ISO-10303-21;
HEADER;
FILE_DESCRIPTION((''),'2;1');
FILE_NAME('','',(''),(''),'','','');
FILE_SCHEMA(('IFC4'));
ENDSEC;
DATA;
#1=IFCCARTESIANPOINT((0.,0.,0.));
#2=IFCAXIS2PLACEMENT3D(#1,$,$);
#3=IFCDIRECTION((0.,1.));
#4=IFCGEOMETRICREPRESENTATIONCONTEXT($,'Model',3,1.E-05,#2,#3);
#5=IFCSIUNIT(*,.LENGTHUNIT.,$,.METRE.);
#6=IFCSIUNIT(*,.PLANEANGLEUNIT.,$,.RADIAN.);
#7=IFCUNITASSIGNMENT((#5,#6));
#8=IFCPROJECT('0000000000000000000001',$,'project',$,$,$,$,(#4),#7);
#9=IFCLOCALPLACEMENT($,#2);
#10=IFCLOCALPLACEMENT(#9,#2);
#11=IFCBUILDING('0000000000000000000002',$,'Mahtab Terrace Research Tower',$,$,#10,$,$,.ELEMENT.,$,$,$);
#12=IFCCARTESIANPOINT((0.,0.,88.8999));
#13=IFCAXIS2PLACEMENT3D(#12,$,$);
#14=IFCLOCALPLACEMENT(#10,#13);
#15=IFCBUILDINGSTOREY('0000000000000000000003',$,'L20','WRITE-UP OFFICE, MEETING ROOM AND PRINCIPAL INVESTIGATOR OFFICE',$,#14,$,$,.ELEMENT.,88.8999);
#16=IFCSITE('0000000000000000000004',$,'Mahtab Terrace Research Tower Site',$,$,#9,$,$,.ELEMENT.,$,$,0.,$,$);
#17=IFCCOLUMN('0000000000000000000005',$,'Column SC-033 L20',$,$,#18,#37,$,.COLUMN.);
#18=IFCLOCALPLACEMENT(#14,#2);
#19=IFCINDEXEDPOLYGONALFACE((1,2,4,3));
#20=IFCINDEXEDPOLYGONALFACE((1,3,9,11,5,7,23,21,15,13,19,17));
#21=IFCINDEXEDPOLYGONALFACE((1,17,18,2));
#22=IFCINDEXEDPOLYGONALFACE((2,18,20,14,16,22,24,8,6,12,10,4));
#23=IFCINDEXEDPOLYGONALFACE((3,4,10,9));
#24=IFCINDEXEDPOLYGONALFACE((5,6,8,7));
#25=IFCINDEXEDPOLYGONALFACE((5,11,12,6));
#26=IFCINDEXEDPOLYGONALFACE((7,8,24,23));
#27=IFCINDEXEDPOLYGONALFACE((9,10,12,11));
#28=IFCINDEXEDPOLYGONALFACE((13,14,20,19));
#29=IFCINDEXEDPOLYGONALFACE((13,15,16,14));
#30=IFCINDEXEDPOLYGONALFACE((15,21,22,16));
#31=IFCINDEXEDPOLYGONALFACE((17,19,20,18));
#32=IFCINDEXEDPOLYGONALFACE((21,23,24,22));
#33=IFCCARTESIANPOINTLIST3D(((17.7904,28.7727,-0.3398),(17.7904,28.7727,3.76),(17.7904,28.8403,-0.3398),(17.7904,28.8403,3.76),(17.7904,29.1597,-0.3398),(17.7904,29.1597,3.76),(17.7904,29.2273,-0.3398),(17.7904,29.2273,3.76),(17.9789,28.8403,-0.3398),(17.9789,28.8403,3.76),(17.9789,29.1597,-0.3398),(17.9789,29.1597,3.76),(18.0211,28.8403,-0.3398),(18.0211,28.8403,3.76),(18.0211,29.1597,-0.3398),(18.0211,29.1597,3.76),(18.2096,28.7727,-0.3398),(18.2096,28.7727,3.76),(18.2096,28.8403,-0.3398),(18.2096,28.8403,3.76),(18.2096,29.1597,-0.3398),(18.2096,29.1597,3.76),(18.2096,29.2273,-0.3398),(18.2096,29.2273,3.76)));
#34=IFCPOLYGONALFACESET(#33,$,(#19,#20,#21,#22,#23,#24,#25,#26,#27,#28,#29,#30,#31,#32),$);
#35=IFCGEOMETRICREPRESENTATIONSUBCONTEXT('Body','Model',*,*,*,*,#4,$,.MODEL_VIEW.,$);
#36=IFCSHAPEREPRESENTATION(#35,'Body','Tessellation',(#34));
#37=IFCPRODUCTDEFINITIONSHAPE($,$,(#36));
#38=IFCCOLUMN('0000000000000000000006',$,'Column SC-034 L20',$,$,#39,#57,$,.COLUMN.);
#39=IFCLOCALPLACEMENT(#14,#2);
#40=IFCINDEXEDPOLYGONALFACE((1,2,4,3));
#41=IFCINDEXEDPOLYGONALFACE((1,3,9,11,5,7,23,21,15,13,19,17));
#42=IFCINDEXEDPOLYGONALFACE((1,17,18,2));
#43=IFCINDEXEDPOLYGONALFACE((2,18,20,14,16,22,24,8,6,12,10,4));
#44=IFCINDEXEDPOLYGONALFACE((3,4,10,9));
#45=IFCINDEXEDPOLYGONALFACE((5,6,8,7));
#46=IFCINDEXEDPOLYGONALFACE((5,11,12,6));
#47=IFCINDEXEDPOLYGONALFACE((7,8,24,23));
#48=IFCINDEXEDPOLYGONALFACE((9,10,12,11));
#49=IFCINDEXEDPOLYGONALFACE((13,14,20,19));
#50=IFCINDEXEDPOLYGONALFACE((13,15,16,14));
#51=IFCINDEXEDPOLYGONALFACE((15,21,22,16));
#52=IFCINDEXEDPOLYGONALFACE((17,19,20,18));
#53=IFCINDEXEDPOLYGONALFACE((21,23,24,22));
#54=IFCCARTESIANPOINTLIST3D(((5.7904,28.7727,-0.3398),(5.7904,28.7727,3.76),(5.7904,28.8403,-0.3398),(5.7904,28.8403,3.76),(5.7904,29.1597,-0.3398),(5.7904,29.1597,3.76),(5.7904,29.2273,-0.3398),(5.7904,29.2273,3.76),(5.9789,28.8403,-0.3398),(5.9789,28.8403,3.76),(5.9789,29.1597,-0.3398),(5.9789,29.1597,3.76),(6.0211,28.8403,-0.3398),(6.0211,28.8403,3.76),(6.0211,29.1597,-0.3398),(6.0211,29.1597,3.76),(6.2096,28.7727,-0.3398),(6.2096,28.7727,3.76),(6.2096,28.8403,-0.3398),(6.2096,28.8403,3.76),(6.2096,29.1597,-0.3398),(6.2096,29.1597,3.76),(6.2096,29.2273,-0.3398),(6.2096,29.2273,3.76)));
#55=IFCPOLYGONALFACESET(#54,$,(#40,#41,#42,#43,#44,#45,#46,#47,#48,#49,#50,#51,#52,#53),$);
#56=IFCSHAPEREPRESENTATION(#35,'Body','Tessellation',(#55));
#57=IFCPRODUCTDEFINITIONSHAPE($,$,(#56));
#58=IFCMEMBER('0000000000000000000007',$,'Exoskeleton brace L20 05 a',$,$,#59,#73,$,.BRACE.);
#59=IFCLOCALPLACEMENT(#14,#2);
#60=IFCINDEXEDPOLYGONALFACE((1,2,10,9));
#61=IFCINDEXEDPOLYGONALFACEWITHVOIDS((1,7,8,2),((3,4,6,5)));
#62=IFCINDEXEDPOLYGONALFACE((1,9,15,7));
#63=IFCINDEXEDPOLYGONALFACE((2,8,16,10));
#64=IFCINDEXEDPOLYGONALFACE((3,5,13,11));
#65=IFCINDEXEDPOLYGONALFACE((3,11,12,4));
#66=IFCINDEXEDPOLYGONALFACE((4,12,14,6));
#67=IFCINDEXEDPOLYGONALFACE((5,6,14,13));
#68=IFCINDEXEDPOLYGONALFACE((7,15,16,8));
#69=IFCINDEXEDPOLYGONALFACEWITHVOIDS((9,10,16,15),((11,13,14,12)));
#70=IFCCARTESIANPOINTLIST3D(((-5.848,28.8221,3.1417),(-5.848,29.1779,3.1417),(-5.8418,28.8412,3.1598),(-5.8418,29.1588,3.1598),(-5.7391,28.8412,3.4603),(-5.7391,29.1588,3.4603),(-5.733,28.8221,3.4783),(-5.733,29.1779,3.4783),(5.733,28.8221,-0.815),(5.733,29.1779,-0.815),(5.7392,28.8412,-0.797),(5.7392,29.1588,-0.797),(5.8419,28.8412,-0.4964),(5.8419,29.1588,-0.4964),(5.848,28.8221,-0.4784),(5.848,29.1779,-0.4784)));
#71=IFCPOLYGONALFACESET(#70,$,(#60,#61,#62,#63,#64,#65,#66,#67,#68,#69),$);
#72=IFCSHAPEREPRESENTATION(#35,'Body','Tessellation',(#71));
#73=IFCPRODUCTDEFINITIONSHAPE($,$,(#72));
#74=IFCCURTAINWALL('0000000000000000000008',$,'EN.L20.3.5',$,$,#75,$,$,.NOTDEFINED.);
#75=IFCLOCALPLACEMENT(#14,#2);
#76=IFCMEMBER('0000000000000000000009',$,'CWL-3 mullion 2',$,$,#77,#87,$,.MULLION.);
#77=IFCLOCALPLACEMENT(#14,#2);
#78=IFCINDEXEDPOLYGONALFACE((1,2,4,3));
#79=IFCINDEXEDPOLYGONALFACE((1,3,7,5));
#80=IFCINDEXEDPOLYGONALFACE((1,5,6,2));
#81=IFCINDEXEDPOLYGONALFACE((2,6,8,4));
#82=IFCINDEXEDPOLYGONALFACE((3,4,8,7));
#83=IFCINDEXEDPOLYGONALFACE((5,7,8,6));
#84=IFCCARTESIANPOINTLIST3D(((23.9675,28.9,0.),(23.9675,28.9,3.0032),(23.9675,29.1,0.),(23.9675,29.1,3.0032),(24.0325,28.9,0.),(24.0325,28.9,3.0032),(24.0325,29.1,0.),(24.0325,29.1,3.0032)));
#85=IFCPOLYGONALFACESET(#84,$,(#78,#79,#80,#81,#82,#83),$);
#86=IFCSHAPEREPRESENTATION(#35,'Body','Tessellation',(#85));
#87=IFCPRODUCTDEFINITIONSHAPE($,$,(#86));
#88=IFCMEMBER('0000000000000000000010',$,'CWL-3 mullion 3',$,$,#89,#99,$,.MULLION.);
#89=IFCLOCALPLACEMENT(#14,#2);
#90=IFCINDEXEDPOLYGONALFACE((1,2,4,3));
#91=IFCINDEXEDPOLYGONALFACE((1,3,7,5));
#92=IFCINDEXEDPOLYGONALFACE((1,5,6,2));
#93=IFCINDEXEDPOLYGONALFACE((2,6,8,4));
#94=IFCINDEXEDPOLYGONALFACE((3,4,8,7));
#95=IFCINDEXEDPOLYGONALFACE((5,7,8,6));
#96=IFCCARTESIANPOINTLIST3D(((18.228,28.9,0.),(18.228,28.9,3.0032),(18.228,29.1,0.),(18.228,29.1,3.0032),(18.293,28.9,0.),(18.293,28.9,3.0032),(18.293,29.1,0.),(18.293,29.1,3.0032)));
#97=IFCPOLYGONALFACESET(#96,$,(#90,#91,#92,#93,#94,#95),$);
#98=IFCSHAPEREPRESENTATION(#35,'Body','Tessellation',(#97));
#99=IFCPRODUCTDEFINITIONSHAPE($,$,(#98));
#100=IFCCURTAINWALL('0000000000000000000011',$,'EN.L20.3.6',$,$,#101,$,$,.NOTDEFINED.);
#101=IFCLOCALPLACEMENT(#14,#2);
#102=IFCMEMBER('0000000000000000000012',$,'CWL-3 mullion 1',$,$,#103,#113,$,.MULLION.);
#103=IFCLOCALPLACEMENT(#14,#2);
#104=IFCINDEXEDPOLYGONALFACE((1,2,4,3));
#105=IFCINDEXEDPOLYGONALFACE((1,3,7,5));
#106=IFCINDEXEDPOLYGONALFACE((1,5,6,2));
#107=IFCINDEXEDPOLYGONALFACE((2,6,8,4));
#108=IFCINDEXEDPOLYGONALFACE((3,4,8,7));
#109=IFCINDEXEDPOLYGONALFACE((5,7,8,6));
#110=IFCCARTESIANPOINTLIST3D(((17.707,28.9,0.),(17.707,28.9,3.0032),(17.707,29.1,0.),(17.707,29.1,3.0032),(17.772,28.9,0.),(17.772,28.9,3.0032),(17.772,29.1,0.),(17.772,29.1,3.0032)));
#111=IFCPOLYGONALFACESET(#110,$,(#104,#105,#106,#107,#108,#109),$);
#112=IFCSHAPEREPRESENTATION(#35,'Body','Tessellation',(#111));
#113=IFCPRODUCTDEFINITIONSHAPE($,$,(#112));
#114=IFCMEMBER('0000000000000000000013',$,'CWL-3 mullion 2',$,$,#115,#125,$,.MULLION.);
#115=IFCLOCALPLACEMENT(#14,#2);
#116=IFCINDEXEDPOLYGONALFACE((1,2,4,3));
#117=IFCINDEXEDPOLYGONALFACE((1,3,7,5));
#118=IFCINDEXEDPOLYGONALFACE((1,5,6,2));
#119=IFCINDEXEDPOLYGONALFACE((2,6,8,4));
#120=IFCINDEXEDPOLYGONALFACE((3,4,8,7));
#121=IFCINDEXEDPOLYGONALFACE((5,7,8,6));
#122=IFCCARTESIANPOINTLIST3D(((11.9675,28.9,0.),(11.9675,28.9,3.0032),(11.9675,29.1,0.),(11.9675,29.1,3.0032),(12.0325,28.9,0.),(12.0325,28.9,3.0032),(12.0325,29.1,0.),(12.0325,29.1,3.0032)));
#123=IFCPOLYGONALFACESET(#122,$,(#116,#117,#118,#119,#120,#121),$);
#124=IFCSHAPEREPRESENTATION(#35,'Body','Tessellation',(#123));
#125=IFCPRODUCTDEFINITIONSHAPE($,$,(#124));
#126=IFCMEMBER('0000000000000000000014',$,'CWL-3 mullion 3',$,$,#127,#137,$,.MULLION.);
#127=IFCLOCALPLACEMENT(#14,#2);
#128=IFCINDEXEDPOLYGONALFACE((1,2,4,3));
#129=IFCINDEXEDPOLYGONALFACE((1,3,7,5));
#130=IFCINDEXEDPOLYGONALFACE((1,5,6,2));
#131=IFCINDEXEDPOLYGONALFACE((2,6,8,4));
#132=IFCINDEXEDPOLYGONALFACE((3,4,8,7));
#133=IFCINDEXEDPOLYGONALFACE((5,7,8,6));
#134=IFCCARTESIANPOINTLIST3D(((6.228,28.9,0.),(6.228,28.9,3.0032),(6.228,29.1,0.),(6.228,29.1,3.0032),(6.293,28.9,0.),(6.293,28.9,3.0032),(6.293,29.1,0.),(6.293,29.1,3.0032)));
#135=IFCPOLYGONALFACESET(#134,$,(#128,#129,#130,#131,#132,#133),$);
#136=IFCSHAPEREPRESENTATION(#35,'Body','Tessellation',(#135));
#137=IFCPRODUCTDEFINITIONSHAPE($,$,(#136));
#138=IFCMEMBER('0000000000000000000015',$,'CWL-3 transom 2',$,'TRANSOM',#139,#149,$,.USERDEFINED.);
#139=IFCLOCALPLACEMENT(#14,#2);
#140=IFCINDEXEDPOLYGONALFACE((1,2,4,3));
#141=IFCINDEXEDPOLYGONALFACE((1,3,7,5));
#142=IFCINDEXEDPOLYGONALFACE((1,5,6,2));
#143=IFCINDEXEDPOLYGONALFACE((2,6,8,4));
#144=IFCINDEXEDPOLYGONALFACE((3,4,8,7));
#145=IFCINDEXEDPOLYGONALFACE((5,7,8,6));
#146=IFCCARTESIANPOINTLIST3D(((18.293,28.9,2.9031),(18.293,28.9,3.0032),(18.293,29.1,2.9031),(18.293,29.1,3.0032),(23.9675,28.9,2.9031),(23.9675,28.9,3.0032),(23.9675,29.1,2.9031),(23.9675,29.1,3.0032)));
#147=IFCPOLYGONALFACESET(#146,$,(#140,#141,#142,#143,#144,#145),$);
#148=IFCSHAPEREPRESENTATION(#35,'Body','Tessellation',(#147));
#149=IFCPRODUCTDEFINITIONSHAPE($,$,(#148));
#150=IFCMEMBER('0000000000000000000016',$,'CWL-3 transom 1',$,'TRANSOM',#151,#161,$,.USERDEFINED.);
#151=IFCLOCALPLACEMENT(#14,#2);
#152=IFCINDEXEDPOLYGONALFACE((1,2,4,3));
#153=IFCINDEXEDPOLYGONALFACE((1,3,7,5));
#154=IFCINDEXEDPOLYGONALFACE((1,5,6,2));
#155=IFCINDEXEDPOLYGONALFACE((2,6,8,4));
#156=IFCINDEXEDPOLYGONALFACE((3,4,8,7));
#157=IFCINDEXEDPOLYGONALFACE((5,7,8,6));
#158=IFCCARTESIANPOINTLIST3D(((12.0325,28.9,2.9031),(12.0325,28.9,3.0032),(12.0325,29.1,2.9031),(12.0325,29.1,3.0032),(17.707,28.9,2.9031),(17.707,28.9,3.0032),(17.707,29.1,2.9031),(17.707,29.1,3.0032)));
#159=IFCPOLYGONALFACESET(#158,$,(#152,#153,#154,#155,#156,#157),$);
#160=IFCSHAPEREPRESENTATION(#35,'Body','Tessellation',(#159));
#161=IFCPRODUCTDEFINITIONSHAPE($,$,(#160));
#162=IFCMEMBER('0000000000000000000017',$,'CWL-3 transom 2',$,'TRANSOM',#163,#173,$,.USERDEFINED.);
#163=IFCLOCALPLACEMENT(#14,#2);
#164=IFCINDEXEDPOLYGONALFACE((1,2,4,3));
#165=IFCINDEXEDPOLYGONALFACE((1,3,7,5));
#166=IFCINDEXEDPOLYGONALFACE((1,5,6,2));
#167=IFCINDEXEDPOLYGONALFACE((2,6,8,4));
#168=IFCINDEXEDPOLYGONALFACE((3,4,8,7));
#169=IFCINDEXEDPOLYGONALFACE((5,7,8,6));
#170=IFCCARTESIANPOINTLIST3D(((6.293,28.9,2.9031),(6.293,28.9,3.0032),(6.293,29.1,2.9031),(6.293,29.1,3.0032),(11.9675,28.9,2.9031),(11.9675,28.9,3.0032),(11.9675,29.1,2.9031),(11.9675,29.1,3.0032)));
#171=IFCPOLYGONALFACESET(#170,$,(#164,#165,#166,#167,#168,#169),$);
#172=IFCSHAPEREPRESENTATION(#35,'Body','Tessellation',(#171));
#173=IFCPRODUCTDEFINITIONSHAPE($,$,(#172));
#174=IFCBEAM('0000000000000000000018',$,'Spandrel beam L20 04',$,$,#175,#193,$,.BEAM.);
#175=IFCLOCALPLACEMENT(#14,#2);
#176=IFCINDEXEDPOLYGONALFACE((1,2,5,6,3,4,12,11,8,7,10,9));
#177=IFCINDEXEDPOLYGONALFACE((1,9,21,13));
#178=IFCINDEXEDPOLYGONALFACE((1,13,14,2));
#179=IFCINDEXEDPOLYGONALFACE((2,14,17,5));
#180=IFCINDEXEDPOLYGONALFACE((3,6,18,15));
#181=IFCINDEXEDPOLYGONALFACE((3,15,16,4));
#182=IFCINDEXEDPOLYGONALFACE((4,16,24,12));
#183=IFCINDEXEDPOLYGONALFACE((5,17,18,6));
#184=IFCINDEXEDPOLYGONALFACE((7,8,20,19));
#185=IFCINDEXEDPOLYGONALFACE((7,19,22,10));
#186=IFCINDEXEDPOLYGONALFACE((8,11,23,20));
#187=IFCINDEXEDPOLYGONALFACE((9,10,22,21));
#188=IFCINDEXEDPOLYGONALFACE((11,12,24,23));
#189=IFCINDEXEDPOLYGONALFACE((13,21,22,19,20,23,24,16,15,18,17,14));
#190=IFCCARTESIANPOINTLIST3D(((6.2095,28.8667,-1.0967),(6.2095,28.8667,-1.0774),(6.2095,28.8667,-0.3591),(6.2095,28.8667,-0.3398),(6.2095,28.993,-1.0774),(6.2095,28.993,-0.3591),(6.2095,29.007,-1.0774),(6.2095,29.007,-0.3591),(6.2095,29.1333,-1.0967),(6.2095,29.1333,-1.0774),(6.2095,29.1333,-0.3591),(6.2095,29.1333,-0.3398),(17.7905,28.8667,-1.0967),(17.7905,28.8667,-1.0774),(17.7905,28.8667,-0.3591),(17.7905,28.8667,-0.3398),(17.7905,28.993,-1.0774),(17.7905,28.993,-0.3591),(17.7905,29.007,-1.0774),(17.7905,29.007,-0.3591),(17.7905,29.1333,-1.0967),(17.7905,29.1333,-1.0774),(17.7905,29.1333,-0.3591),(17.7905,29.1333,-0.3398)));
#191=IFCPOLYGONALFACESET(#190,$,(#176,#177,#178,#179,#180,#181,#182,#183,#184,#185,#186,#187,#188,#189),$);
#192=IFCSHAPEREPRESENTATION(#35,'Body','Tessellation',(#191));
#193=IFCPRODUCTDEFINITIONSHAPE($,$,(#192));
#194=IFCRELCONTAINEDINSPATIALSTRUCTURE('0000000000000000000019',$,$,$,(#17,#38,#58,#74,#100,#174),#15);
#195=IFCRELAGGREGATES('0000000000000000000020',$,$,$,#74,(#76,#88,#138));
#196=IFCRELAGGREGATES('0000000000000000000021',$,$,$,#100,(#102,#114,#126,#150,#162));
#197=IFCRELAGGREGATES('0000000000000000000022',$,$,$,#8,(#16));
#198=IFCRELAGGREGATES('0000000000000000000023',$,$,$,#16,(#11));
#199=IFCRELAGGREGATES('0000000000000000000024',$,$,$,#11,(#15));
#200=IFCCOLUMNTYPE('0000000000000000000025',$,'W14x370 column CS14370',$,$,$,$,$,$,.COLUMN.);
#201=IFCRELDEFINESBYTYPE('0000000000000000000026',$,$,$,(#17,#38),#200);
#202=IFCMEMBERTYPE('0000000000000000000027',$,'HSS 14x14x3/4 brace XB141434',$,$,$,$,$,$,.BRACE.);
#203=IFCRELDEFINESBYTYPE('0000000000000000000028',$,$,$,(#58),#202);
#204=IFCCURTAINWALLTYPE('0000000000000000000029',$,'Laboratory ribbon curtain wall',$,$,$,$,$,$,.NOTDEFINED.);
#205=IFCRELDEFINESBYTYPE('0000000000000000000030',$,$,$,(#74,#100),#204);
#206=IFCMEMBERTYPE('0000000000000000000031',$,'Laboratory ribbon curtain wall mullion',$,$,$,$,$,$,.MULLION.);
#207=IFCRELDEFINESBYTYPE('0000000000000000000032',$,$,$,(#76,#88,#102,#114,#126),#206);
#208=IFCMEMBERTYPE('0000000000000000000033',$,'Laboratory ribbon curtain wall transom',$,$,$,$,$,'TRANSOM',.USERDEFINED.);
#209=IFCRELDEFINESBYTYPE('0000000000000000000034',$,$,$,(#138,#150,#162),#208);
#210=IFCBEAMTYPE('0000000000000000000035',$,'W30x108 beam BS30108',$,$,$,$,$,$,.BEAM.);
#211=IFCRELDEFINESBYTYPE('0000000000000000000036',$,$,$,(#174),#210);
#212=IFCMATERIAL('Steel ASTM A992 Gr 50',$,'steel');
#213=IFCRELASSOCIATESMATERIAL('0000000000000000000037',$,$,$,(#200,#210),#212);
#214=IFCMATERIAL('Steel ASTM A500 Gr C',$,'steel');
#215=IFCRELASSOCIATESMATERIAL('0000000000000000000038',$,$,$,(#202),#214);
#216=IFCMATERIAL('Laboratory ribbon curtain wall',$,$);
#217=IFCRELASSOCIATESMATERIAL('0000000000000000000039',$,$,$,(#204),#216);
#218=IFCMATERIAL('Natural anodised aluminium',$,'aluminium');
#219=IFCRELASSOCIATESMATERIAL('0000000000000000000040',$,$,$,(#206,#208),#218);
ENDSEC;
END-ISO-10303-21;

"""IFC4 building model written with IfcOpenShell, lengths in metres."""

from ifc_helpers import new_model, si_unit, direction, frame, origin, origin_2d, place, context, subcontext, project, spatial, rectangle, hollow_rectangle, i_section, extrude, material, material_profile, profile_set, type_object, element, aggregate, save


model = new_model("IFC4")

# Units and contexts
model_context = context("Model", 3, precision=1e-05, world=origin(), true_north=direction((0.0, 1.0)))
body_context = subcontext(model_context, "Body", "Model", "MODEL_VIEW")
ifc_project = project(units=[si_unit("LENGTHUNIT", "METRE"), si_unit("PLANEANGLEUNIT", "RADIAN")], contexts=[model_context])

# Site, building, storey
site_placement = place(None, origin())
site = spatial("IfcSite", under=ifc_project, at=site_placement, Name="Mahtab Terrace Research Tower Site", CompositionType="ELEMENT", RefElevation=0.0)
building_placement = place(site_placement, origin())
building = spatial("IfcBuilding", under=site, at=building_placement, Name="Mahtab Terrace Research Tower", CompositionType="ELEMENT")
storey_placement = place(building_placement, frame((0.0, 0.0, 88.8999)))
storey = spatial("IfcBuildingStorey", under=building, at=storey_placement, Name="L20", Description="WRITE-UP OFFICE, MEETING ROOM AND PRINCIPAL INVESTIGATOR OFFICE", CompositionType="ELEMENT", Elevation=88.8999)

# Columns
ifc_material_1 = material(Name="Steel ASTM A992 Gr 50", Category="steel")
ifc_material_profile_1 = material_profile(ifc_material_1, i_section(OverallWidth=0.4192, OverallDepth=0.4546, WebThickness=0.0422, FlangeThickness=0.0676, at=origin_2d()), Name="W14X370")
ifc_profile_set_1 = profile_set([ifc_material_profile_1], Name="Steel ASTM A992 Gr 50")
column_type = type_object("IfcColumnType", Name="W14x370 column CS14370", PredefinedType="COLUMN", material=ifc_profile_set_1)
for number, where, z_axis, x_axis, name in (
    (1, (18.0, 29.0, -0.3398), (0.0, 0.0, 1.0), (1.0, 0.0, 0.0), "Column SC-033 L20"),
    (2, (6.0, 29.0, -0.3398), (0.0, 0.0, 1.0), (1.0, 0.0, 0.0), "Column SC-034 L20"),
):
    element("IfcColumn", number, at=place(storey_placement, frame(where, z_axis=z_axis, x_axis=x_axis)), inside=storey, type_object=column_type, Name=name, PredefinedType="COLUMN", context=body_context, shape_type="SweptSolid", body=[
        extrude(i_section(OverallWidth=0.4192, OverallDepth=0.4546, WebThickness=0.0422, FlangeThickness=0.0676, at=origin_2d()), origin(), (0.0, 0.0, 1.0), 4.0999),
    ])

# Member
ifc_material_2 = material(Name="Steel ASTM A500 Gr C", Category="steel")
ifc_material_profile_2 = material_profile(ifc_material_2, hollow_rectangle(XDim=0.3557, YDim=0.3557, WallThickness=0.019, at=origin_2d()), Name="HSS14X14X3/4")
ifc_profile_set_2 = profile_set([ifc_material_profile_2], Name="Steel ASTM A500 Gr C")
member_type_1 = type_object("IfcMemberType", Name="HSS 14x14x3/4 brace XB141434", PredefinedType="BRACE", material=ifc_profile_set_2)
member_1_placement = place(storey_placement, frame((5.7905, 29.0, -0.6467), z_axis=(-0.946293, 0.0, 0.323311), x_axis=(0.0, -1.0, 0.0)))
element("IfcMember", 3, at=member_1_placement, inside=storey, type_object=member_type_1, Name="Exoskeleton brace L20 05 a", PredefinedType="BRACE", context=body_context, shape_type="SweptSolid", body=[
    extrude(hollow_rectangle(XDim=0.3557, YDim=0.3557, WallThickness=0.019, at=origin_2d()), origin(), (0.0, 0.0, 1.0), 12.2383),
])

# Curtain walls, members
ifc_material_3 = material(Name="Laboratory ribbon curtain wall")
curtain_wall_type = type_object("IfcCurtainWallType", Name="Laboratory ribbon curtain wall", PredefinedType="NOTDEFINED", material=ifc_material_3)
curtain_wall_1_placement = place(storey_placement, origin())
curtain_wall_1 = element("IfcCurtainWall", 4, at=curtain_wall_1_placement, inside=storey, type_object=curtain_wall_type, Name="EN.L20.3.5", PredefinedType="NOTDEFINED")
ifc_material_4 = material(Name="Natural anodised aluminium", Category="aluminium")
ifc_material_profile_3 = material_profile(ifc_material_4, rectangle(XDim=0.2, YDim=0.0649, at=origin_2d()), Name="MULLION 65x200")
ifc_profile_set_3 = profile_set([ifc_material_profile_3], Name="Natural anodised aluminium")
member_type_2 = type_object("IfcMemberType", Name="Laboratory ribbon curtain wall mullion", PredefinedType="MULLION", material=ifc_profile_set_3)
member_2_placement = place(storey_placement, frame((24.0, 29.0, 0.0), z_axis=(0.0, 0.0, 1.0), x_axis=(0.0, -1.0, 0.0)))
member_2 = element("IfcMember", 5, at=member_2_placement, type_object=member_type_2, Name="CWL-3 mullion 2", PredefinedType="MULLION", context=body_context, shape_type="SweptSolid", body=[
    extrude(rectangle(XDim=0.2, YDim=0.0649, at=origin_2d()), origin(), (0.0, 0.0, 1.0), 3.0032),
])
member_3_placement = place(storey_placement, frame((18.2605, 29.0, 0.0), z_axis=(0.0, 0.0, 1.0), x_axis=(0.0, -1.0, 0.0)))
member_3 = element("IfcMember", 6, at=member_3_placement, type_object=member_type_2, Name="CWL-3 mullion 3", PredefinedType="MULLION", context=body_context, shape_type="SweptSolid", body=[
    extrude(rectangle(XDim=0.2, YDim=0.0649, at=origin_2d()), origin(), (0.0, 0.0, 1.0), 3.0032),
])
curtain_wall_2_placement = place(storey_placement, origin())
curtain_wall_2 = element("IfcCurtainWall", 7, at=curtain_wall_2_placement, inside=storey, type_object=curtain_wall_type, Name="EN.L20.3.6", PredefinedType="NOTDEFINED")
member_4_placement = place(storey_placement, frame((17.7395, 29.0, 0.0), z_axis=(0.0, 0.0, 1.0), x_axis=(0.0, -1.0, 0.0)))
member_4 = element("IfcMember", 8, at=member_4_placement, type_object=member_type_2, Name="CWL-3 mullion 1", PredefinedType="MULLION", context=body_context, shape_type="SweptSolid", body=[
    extrude(rectangle(XDim=0.2, YDim=0.0649, at=origin_2d()), origin(), (0.0, 0.0, 1.0), 3.0032),
])
member_5_placement = place(storey_placement, frame((12.0, 29.0, 0.0), z_axis=(0.0, 0.0, 1.0), x_axis=(0.0, -1.0, 0.0)))
member_5 = element("IfcMember", 9, at=member_5_placement, type_object=member_type_2, Name="CWL-3 mullion 2", PredefinedType="MULLION", context=body_context, shape_type="SweptSolid", body=[
    extrude(rectangle(XDim=0.2, YDim=0.0649, at=origin_2d()), origin(), (0.0, 0.0, 1.0), 3.0032),
])
member_6_placement = place(storey_placement, frame((6.2605, 29.0, 0.0), z_axis=(0.0, 0.0, 1.0), x_axis=(0.0, -1.0, 0.0)))
member_6 = element("IfcMember", 10, at=member_6_placement, type_object=member_type_2, Name="CWL-3 mullion 3", PredefinedType="MULLION", context=body_context, shape_type="SweptSolid", body=[
    extrude(rectangle(XDim=0.2, YDim=0.0649, at=origin_2d()), origin(), (0.0, 0.0, 1.0), 3.0032),
])

# Members
ifc_material_profile_4 = material_profile(ifc_material_4, rectangle(XDim=0.2, YDim=0.1001, at=origin_2d()), Name="TRANSOM 100x200")
ifc_profile_set_4 = profile_set([ifc_material_profile_4], Name="Natural anodised aluminium")
member_type_3 = type_object("IfcMemberType", Name="Laboratory ribbon curtain wall transom", ElementType="TRANSOM", PredefinedType="USERDEFINED", material=ifc_profile_set_4)
member_7_placement = place(storey_placement, frame((23.9675, 29.0, 2.9531), z_axis=(-1.0, 0.0, 0.0), x_axis=(0.0, -1.0, 0.0)))
member_7 = element("IfcMember", 11, at=member_7_placement, type_object=member_type_3, Name="CWL-3 transom 2", ObjectType="TRANSOM", PredefinedType="USERDEFINED", context=body_context, shape_type="SweptSolid", body=[
    extrude(rectangle(XDim=0.2, YDim=0.1001, at=origin_2d()), origin(), (0.0, 0.0, 1.0), 5.6746),
])
member_8_placement = place(storey_placement, frame((17.707, 29.0, 2.9531), z_axis=(-1.0, 0.0, 0.0), x_axis=(0.0, -1.0, 0.0)))
member_8 = element("IfcMember", 12, at=member_8_placement, type_object=member_type_3, Name="CWL-3 transom 1", ObjectType="TRANSOM", PredefinedType="USERDEFINED", context=body_context, shape_type="SweptSolid", body=[
    extrude(rectangle(XDim=0.2, YDim=0.1001, at=origin_2d()), origin(), (0.0, 0.0, 1.0), 5.6746),
])
member_9_placement = place(storey_placement, frame((11.9675, 29.0, 2.9531), z_axis=(-1.0, 0.0, 0.0), x_axis=(0.0, -1.0, 0.0)))
member_9 = element("IfcMember", 13, at=member_9_placement, type_object=member_type_3, Name="CWL-3 transom 2", ObjectType="TRANSOM", PredefinedType="USERDEFINED", context=body_context, shape_type="SweptSolid", body=[
    extrude(rectangle(XDim=0.2, YDim=0.1001, at=origin_2d()), origin(), (0.0, 0.0, 1.0), 5.6746),
])

# Beam
ifc_material_profile_5 = material_profile(ifc_material_1, i_section(OverallWidth=0.2666, OverallDepth=0.7568, WebThickness=0.0139, FlangeThickness=0.0193, at=origin_2d()), Name="W30X108")
ifc_profile_set_5 = profile_set([ifc_material_profile_5], Name="Steel ASTM A992 Gr 50")
beam_type = type_object("IfcBeamType", Name="W30x108 beam BS30108", PredefinedType="BEAM", material=ifc_profile_set_5)
for number, where, z_axis, x_axis, name in (
    (14, (17.7905, 29.0, -0.7183), (-1.0, 0.0, 0.0), (0.0, -1.0, 0.0), "Spandrel beam L20 04"),
):
    element("IfcBeam", number, at=place(storey_placement, frame(where, z_axis=z_axis, x_axis=x_axis)), inside=storey, type_object=beam_type, Name=name, PredefinedType="BEAM", context=body_context, shape_type="SweptSolid", body=[
        extrude(i_section(OverallWidth=0.2666, OverallDepth=0.7568, WebThickness=0.0139, FlangeThickness=0.0193, at=origin_2d()), origin(), (0.0, 0.0, 1.0), 11.5811),
    ])

aggregate(curtain_wall_1, [member_2, member_3, member_7])
aggregate(curtain_wall_2, [member_4, member_5, member_6, member_8, member_9])

save(model, "model.ifc")
